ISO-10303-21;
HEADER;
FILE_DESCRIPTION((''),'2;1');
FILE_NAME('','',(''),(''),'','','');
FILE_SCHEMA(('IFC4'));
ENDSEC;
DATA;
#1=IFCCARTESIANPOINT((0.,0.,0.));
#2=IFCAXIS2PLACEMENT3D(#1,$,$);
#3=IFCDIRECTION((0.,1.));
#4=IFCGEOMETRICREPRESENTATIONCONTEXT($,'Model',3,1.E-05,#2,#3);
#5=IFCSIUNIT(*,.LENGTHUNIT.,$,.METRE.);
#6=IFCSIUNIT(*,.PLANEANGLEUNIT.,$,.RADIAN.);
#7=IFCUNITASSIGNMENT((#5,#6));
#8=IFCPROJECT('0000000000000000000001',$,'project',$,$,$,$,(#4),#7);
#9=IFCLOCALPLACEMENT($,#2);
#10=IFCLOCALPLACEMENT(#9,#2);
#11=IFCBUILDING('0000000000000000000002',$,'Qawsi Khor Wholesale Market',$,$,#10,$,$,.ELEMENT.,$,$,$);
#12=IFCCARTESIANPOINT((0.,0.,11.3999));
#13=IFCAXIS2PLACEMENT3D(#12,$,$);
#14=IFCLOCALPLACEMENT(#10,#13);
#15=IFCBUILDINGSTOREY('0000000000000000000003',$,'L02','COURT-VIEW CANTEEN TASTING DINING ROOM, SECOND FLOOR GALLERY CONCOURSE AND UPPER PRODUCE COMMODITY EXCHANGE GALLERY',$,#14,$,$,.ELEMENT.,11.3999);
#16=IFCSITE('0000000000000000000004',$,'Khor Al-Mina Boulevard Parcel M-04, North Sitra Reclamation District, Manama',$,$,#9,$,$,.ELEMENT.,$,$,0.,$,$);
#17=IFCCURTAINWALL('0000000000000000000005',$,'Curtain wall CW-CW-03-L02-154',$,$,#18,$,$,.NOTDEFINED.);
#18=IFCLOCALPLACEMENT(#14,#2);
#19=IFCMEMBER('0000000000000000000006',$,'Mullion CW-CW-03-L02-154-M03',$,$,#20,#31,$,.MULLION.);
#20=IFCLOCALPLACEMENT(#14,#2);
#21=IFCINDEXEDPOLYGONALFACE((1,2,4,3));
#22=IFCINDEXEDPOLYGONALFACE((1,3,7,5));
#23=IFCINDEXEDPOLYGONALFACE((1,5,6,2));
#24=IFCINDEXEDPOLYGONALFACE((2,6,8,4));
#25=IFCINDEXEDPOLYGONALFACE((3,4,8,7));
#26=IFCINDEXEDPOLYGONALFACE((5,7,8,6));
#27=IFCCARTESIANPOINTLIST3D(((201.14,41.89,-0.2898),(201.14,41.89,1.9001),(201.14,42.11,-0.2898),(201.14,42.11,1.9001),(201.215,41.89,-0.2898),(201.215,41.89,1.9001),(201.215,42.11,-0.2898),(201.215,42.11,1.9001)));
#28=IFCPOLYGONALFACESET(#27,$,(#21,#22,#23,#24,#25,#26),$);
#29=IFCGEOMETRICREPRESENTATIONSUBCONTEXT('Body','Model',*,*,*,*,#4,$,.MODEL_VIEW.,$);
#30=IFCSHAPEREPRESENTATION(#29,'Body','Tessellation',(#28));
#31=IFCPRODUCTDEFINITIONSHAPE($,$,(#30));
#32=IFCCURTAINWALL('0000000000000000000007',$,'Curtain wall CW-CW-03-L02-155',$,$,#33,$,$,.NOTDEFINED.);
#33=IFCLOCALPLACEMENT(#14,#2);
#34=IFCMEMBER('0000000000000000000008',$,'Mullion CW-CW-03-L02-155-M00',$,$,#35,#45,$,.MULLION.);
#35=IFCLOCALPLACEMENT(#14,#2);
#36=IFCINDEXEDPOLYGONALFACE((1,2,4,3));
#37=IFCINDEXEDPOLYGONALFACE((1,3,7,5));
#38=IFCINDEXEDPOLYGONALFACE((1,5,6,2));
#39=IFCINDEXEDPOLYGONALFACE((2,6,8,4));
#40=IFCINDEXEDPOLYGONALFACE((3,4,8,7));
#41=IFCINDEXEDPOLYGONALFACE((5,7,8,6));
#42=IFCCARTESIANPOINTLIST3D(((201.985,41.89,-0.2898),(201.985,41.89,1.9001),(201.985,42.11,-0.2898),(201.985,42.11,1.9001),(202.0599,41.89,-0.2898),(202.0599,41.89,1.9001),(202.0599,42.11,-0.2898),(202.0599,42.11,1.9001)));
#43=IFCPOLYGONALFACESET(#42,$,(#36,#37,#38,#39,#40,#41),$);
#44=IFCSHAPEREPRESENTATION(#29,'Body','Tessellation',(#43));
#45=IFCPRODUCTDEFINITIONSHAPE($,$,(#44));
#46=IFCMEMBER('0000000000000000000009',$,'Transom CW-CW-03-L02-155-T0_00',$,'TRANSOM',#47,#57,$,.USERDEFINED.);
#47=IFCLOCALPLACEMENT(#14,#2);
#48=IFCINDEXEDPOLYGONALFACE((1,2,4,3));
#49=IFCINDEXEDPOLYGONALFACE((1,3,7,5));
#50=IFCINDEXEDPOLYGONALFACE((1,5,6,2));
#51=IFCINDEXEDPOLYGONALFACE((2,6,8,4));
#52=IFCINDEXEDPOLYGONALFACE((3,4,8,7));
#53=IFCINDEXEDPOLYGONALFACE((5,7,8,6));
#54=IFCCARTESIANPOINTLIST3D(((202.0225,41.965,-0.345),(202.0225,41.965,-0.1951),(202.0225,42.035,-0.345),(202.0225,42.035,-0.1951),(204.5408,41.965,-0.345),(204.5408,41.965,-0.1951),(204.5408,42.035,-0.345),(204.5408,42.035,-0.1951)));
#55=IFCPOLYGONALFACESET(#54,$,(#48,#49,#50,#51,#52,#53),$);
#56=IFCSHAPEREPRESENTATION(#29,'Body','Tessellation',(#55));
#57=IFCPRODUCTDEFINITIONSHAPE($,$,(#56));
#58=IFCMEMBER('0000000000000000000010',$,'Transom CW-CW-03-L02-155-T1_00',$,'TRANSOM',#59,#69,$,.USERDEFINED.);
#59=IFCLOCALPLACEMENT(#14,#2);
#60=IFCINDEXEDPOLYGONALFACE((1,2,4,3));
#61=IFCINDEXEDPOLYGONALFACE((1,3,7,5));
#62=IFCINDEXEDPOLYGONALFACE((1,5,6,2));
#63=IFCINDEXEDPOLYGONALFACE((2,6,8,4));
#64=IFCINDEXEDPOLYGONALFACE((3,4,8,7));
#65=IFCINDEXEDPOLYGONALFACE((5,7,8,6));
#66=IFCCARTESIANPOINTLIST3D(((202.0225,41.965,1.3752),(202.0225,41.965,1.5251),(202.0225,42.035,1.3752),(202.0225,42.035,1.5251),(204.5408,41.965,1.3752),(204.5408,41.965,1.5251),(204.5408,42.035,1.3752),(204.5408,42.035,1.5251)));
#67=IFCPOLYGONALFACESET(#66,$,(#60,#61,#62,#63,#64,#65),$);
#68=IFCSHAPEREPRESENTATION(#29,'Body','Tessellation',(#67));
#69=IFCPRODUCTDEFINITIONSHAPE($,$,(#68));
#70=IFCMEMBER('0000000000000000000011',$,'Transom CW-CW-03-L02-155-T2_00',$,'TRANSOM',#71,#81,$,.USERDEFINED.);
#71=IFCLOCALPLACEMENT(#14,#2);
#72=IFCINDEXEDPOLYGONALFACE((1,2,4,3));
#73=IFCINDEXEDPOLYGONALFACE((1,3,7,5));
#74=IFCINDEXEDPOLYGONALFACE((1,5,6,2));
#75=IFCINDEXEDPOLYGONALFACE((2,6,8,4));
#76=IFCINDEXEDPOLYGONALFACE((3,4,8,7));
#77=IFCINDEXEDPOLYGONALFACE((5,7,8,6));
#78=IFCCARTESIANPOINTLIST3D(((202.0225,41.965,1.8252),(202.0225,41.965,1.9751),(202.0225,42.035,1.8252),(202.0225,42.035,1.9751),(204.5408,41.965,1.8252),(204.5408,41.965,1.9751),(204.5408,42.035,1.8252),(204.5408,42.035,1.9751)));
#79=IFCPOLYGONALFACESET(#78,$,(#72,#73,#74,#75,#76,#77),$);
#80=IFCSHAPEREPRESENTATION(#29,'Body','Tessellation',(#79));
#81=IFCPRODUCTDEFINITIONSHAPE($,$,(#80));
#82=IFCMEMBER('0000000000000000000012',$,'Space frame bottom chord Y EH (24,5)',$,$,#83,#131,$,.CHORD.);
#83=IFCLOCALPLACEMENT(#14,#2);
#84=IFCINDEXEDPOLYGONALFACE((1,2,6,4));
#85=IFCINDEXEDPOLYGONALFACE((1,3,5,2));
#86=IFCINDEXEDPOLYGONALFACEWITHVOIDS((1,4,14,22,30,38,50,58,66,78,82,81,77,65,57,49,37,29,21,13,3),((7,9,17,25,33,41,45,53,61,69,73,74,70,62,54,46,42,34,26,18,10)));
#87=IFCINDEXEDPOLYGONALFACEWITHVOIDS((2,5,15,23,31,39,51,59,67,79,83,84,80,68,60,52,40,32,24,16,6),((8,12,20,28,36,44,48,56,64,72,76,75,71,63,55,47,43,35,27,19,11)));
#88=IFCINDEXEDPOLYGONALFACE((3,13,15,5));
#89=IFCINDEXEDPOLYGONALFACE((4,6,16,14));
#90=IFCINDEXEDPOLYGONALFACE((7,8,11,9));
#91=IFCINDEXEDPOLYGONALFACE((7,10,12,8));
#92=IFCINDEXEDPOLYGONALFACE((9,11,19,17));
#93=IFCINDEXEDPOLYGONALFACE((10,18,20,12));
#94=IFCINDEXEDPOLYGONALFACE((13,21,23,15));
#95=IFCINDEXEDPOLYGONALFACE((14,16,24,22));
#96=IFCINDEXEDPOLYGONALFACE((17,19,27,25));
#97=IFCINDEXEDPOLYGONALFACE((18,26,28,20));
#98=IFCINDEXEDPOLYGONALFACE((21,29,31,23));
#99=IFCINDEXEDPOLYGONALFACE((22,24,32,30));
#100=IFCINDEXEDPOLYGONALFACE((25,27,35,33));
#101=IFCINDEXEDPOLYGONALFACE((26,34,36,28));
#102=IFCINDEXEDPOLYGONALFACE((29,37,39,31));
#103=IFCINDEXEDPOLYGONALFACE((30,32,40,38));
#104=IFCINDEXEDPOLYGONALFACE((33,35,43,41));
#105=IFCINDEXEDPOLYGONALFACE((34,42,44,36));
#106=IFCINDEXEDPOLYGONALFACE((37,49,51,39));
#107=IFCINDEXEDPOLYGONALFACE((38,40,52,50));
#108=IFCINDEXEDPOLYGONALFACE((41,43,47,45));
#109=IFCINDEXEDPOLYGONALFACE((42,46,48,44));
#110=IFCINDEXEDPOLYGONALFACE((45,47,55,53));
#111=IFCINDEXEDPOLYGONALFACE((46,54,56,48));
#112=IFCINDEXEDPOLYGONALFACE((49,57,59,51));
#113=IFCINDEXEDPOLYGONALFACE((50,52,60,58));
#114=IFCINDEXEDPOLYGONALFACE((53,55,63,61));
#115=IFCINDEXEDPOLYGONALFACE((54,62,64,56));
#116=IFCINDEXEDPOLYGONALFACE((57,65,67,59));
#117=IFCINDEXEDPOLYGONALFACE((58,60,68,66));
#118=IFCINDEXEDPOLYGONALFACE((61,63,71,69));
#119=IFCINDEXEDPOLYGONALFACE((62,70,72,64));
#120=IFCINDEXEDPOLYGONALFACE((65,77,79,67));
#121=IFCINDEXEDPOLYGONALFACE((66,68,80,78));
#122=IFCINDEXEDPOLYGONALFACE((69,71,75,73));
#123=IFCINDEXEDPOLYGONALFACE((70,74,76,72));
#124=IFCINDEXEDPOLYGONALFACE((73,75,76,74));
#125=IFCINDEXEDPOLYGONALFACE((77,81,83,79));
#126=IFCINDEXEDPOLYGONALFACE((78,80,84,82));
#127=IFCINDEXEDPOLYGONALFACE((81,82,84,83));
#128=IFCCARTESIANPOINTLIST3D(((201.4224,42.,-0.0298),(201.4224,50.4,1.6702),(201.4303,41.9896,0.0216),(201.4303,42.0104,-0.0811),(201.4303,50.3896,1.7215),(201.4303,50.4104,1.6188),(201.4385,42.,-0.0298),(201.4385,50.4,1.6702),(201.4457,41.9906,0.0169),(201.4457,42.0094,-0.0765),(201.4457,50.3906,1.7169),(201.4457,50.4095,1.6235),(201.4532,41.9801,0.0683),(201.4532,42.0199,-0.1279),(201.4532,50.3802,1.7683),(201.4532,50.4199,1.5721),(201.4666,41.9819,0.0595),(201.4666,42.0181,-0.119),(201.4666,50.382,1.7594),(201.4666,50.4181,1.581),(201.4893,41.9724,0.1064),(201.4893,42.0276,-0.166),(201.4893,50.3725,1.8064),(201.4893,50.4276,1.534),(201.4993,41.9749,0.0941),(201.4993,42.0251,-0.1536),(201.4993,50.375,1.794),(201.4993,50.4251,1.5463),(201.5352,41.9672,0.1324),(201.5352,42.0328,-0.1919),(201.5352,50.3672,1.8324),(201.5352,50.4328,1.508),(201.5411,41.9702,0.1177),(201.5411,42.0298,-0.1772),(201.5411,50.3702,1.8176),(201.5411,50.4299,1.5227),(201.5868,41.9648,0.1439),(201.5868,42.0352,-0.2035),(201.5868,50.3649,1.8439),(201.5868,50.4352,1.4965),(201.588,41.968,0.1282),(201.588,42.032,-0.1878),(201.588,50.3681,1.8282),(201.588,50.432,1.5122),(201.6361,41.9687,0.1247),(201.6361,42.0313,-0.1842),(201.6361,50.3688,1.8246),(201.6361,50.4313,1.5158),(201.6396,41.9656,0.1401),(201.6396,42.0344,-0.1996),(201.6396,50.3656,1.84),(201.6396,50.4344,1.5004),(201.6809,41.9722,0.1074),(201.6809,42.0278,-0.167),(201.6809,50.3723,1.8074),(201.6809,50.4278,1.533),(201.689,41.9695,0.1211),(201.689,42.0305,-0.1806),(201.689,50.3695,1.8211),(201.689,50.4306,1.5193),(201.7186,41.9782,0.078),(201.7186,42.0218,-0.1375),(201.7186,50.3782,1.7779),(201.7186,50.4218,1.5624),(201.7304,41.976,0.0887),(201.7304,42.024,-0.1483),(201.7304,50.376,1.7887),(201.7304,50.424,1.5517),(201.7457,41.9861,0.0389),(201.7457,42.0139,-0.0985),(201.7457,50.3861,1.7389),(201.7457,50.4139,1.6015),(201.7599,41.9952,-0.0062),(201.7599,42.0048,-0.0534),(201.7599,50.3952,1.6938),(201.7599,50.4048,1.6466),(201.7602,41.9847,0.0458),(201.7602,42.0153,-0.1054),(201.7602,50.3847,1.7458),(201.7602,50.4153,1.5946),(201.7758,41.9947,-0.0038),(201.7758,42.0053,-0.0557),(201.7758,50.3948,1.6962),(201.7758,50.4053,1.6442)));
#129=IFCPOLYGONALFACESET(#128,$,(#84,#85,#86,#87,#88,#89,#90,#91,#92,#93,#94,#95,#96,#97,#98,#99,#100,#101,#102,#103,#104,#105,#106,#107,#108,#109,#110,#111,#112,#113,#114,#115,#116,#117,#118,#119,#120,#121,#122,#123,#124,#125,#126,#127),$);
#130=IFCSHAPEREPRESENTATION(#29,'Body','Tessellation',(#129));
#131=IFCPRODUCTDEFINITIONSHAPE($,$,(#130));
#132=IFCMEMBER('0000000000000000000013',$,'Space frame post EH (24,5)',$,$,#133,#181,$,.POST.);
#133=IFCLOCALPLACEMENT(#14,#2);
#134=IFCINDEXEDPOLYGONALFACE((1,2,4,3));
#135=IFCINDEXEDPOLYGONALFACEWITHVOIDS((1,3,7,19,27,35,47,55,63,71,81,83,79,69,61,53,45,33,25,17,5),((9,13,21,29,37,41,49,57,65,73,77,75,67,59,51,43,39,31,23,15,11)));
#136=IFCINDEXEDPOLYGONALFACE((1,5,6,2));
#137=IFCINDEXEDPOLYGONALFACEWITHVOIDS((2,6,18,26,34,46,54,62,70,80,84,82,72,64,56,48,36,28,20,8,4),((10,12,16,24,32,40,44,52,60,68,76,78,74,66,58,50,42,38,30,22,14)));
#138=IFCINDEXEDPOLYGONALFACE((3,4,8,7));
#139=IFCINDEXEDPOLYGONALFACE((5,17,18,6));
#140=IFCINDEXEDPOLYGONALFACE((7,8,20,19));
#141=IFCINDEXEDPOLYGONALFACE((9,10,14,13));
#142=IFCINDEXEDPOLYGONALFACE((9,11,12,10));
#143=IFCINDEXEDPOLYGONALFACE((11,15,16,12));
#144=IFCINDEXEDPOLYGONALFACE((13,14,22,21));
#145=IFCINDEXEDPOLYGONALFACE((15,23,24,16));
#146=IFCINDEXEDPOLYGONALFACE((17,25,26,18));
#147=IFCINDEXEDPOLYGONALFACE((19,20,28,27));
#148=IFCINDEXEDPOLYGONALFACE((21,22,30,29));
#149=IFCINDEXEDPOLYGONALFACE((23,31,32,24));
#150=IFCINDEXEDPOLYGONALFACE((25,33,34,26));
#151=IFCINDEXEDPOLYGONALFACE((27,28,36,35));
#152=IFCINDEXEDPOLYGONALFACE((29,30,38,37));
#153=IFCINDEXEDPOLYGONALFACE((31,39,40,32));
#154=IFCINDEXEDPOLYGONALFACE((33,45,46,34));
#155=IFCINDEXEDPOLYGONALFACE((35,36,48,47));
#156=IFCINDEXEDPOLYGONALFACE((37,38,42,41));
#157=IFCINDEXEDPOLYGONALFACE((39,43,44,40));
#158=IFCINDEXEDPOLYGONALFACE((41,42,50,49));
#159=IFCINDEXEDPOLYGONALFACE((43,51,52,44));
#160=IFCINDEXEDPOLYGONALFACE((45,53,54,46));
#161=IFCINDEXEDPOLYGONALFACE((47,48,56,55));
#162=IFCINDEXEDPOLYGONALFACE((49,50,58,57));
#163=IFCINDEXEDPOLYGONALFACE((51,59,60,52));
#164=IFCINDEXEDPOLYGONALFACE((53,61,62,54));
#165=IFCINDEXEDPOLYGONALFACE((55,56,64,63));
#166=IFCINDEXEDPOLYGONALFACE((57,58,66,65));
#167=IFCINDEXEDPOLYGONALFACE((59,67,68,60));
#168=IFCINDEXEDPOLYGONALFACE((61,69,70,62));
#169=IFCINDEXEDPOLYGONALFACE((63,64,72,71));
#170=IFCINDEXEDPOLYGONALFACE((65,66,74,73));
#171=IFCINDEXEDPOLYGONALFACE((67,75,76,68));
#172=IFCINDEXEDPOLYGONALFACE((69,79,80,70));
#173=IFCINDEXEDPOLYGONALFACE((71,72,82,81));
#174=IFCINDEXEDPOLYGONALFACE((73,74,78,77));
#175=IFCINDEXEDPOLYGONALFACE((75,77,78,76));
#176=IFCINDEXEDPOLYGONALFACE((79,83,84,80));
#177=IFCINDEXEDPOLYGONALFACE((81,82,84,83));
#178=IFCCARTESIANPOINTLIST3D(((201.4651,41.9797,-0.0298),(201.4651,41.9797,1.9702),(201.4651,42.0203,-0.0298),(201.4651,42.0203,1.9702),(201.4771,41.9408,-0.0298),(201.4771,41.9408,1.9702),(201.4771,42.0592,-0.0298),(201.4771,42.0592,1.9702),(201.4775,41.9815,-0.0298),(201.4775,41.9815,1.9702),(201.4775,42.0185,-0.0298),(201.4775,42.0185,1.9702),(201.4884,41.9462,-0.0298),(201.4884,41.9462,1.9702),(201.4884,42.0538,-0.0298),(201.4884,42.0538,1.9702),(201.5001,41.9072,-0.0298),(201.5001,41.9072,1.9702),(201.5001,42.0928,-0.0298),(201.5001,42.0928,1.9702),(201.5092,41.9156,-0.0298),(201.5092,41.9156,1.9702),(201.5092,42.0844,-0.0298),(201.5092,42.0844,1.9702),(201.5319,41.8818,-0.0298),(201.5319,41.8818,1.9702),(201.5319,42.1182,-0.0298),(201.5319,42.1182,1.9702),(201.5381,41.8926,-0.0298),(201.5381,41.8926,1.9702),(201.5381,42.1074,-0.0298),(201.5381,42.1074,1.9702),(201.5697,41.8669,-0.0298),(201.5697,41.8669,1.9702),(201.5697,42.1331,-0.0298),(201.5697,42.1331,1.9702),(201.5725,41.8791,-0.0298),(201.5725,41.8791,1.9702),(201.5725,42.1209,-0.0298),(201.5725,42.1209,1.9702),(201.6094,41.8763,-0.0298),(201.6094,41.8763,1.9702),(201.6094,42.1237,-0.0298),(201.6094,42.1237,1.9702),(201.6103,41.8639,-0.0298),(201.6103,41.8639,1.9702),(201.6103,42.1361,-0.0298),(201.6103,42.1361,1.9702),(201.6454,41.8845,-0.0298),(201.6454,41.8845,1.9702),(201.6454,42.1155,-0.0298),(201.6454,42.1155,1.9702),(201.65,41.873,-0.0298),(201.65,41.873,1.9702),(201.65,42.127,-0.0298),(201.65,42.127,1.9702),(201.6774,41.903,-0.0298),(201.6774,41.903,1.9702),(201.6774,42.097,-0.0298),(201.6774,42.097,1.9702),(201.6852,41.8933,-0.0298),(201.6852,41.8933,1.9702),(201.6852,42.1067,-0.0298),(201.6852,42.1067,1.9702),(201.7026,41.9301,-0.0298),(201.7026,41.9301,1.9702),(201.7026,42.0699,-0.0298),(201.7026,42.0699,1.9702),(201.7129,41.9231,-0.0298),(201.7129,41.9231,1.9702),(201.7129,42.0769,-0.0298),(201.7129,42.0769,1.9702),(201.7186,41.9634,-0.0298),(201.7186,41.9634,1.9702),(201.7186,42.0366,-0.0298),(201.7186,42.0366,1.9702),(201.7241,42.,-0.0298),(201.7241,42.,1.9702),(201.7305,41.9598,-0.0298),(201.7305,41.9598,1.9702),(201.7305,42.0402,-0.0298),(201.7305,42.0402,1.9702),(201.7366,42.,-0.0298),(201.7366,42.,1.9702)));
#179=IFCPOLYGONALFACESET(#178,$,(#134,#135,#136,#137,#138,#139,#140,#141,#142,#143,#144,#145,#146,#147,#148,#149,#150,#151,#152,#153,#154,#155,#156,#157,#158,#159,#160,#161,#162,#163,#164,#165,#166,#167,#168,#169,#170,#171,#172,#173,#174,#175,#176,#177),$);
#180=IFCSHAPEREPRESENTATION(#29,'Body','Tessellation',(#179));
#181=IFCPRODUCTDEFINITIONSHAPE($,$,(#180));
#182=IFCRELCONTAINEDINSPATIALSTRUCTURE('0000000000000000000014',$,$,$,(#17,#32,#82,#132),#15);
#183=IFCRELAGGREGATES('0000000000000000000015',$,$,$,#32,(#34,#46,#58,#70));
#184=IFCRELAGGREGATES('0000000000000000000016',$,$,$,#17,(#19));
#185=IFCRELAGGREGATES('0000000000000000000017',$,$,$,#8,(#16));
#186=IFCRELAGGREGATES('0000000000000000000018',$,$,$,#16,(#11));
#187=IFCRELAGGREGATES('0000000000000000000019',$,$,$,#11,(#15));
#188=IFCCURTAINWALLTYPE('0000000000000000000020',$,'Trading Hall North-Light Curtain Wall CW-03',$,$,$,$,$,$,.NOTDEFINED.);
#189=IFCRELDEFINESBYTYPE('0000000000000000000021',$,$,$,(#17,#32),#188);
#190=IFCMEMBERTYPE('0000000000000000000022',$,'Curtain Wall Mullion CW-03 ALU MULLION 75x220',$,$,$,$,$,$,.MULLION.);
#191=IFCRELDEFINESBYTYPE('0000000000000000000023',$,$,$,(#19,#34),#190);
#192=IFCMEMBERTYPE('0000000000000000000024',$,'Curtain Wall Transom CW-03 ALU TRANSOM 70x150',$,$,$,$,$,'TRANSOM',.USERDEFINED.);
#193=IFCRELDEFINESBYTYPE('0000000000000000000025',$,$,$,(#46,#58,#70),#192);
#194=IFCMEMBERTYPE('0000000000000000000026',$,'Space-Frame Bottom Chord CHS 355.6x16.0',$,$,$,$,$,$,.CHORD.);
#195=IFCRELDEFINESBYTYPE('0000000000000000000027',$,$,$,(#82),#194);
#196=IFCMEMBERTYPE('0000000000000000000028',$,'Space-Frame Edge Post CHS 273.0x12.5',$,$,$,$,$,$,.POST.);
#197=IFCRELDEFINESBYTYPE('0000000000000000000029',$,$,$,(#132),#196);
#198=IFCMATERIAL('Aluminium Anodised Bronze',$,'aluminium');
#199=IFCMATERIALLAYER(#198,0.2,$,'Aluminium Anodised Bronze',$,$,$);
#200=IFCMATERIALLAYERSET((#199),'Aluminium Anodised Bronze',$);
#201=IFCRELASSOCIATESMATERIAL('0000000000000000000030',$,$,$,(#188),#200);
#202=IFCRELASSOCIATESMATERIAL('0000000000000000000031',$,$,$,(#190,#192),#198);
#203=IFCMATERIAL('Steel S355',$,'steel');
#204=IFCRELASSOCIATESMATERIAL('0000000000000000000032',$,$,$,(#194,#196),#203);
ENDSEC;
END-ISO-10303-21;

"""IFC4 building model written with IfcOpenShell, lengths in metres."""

from ifc_helpers import new_model, si_unit, direction, frame, origin, origin_2d, place, context, subcontext, project, spatial, rectangle, hollow_circle, extrude, material, layer, layer_set, material_profile, profile_set, type_object, element, aggregate, save


model = new_model("IFC4")

# Units and contexts
model_context = context("Model", 3, precision=1e-05, world=origin(), true_north=direction((0.0, 1.0)))
body_context = subcontext(model_context, "Body", "Model", "MODEL_VIEW")
ifc_project = project(units=[si_unit("LENGTHUNIT", "METRE"), si_unit("PLANEANGLEUNIT", "RADIAN")], contexts=[model_context])

# Site, building, storey
site_placement = place(None, origin())
site = spatial("IfcSite", under=ifc_project, at=site_placement, Name="Khor Al-Mina Boulevard Parcel M-04, North Sitra Reclamation District, Manama", CompositionType="ELEMENT", RefElevation=0.0)
building_placement = place(site_placement, origin())
building = spatial("IfcBuilding", under=site, at=building_placement, Name="Qawsi Khor Wholesale Market", CompositionType="ELEMENT")
storey_placement = place(building_placement, frame((0.0, 0.0, 11.3999)))
storey = spatial("IfcBuildingStorey", under=building, at=storey_placement, Name="L02", Description="COURT-VIEW CANTEEN TASTING DINING ROOM, SECOND FLOOR GALLERY CONCOURSE AND UPPER PRODUCE COMMODITY EXCHANGE GALLERY", CompositionType="ELEMENT", Elevation=11.3999)

# Curtain wall, member
ifc_material_1 = material(Name="Aluminium Anodised Bronze", Category="aluminium")
ifc_layer_1 = layer(ifc_material_1, 0.2, Name="Aluminium Anodised Bronze")
ifc_layer_set_1 = layer_set([ifc_layer_1], Name="Aluminium Anodised Bronze")
curtain_wall_type = type_object("IfcCurtainWallType", Name="Trading Hall North-Light Curtain Wall CW-03", PredefinedType="NOTDEFINED", material=ifc_layer_set_1)
curtain_wall_1_placement = place(storey_placement, origin())
curtain_wall_1 = element("IfcCurtainWall", 1, at=curtain_wall_1_placement, inside=storey, type_object=curtain_wall_type, Name="Curtain wall CW-CW-03-L02-154", PredefinedType="NOTDEFINED")
ifc_material_profile_1 = material_profile(ifc_material_1, rectangle(XDim=0.075, YDim=0.22, at=origin_2d()), Name="ALU MULLION 75x220")
ifc_profile_set_1 = profile_set([ifc_material_profile_1], Name="Aluminium Anodised Bronze")
member_type_1 = type_object("IfcMemberType", Name="Curtain Wall Mullion CW-03 ALU MULLION 75x220", PredefinedType="MULLION", material=ifc_profile_set_1)
member_1_placement = place(storey_placement, frame((201.1775, 42.0, -0.2898), z_axis=(0.0, 0.0, 1.0), x_axis=(1.0, 0.0, 0.0)))
member_1 = element("IfcMember", 2, at=member_1_placement, type_object=member_type_1, Name="Mullion CW-CW-03-L02-154-M03", PredefinedType="MULLION", context=body_context, shape_type="SweptSolid", body=[
    extrude(rectangle(XDim=0.075, YDim=0.22, at=origin_2d()), origin(), (0.0, 0.0, 1.0), 2.1899),
])

# Curtain wall, members
curtain_wall_2_placement = place(storey_placement, origin())
curtain_wall_2 = element("IfcCurtainWall", 3, at=curtain_wall_2_placement, inside=storey, type_object=curtain_wall_type, Name="Curtain wall CW-CW-03-L02-155", PredefinedType="NOTDEFINED")
member_2_placement = place(storey_placement, frame((202.0225, 42.0, -0.2898), z_axis=(0.0, 0.0, 1.0), x_axis=(1.0, 0.0, 0.0)))
member_2 = element("IfcMember", 4, at=member_2_placement, type_object=member_type_1, Name="Mullion CW-CW-03-L02-155-M00", PredefinedType="MULLION", context=body_context, shape_type="SweptSolid", body=[
    extrude(rectangle(XDim=0.075, YDim=0.22, at=origin_2d()), origin(), (0.0, 0.0, 1.0), 2.1899),
])
ifc_material_profile_2 = material_profile(ifc_material_1, rectangle(XDim=0.0701, YDim=0.1499, at=origin_2d()), Name="ALU TRANSOM 70x150")
ifc_profile_set_2 = profile_set([ifc_material_profile_2], Name="Aluminium Anodised Bronze")
member_type_2 = type_object("IfcMemberType", Name="Curtain Wall Transom CW-03 ALU TRANSOM 70x150", ElementType="TRANSOM", PredefinedType="USERDEFINED", material=ifc_profile_set_2)
member_3_placement = place(storey_placement, frame((202.0225, 42.0, -0.27), z_axis=(1.0, 0.0, 0.0), x_axis=(0.0, 1.0, 0.0)))
member_3 = element("IfcMember", 5, at=member_3_placement, type_object=member_type_2, Name="Transom CW-CW-03-L02-155-T0_00", ObjectType="TRANSOM", PredefinedType="USERDEFINED", context=body_context, shape_type="SweptSolid", body=[
    extrude(rectangle(XDim=0.0701, YDim=0.1499, at=origin_2d()), origin(), (0.0, 0.0, 1.0), 2.5183),
])
member_4_placement = place(storey_placement, frame((202.0225, 42.0, 1.4502), z_axis=(1.0, 0.0, 0.0), x_axis=(0.0, 1.0, 0.0)))
member_4 = element("IfcMember", 6, at=member_4_placement, type_object=member_type_2, Name="Transom CW-CW-03-L02-155-T1_00", ObjectType="TRANSOM", PredefinedType="USERDEFINED", context=body_context, shape_type="SweptSolid", body=[
    extrude(rectangle(XDim=0.0701, YDim=0.1499, at=origin_2d()), origin(), (0.0, 0.0, 1.0), 2.5183),
])
member_5_placement = place(storey_placement, frame((202.0225, 42.0, 1.9001), z_axis=(1.0, 0.0, 0.0), x_axis=(0.0, 1.0, 0.0)))
member_5 = element("IfcMember", 7, at=member_5_placement, type_object=member_type_2, Name="Transom CW-CW-03-L02-155-T2_00", ObjectType="TRANSOM", PredefinedType="USERDEFINED", context=body_context, shape_type="SweptSolid", body=[
    extrude(rectangle(XDim=0.0701, YDim=0.1499, at=origin_2d()), origin(), (0.0, 0.0, 1.0), 2.5183),
])
aggregate(curtain_wall_2, [member_2, member_3, member_4, member_5])

# Members
ifc_material_2 = material(Name="Steel S355", Category="steel")
ifc_material_profile_3 = material_profile(ifc_material_2, hollow_circle(Radius=0.1777, WallThickness=0.0161, at=origin_2d()), Name="CHS 355.6x16.0")
ifc_profile_set_3 = profile_set([ifc_material_profile_3], Name="Steel S355")
member_type_3 = type_object("IfcMemberType", Name="Space-Frame Bottom Chord CHS 355.6x16.0", PredefinedType="CHORD", material=ifc_profile_set_3)
member_6_placement = place(storey_placement, frame((201.6001, 42.0, -0.0298), z_axis=(0.0, 0.98013, 0.198356), x_axis=(-1.0, 0.0, 0.0)))
element("IfcMember", 8, at=member_6_placement, inside=storey, type_object=member_type_3, Name="Space frame bottom chord Y EH (24,5)", PredefinedType="CHORD", context=body_context, shape_type="SweptSolid", body=[
    extrude(hollow_circle(Radius=0.1777, WallThickness=0.0161, at=origin_2d()), origin(), (0.0, 0.0, 1.0), 8.5703),
])
ifc_material_profile_4 = material_profile(ifc_material_2, hollow_circle(Radius=0.1365, WallThickness=0.0125, at=origin_2d()), Name="CHS 273.0x12.5")
ifc_profile_set_4 = profile_set([ifc_material_profile_4], Name="Steel S355")
member_type_4 = type_object("IfcMemberType", Name="Space-Frame Edge Post CHS 273.0x12.5", PredefinedType="POST", material=ifc_profile_set_4)
member_7_placement = place(storey_placement, frame((201.6001, 42.0, -0.0298), z_axis=(0.0, 0.0, 1.0), x_axis=(1.0, 0.0, 0.0)))
element("IfcMember", 9, at=member_7_placement, inside=storey, type_object=member_type_4, Name="Space frame post EH (24,5)", PredefinedType="POST", context=body_context, shape_type="SweptSolid", body=[
    extrude(hollow_circle(Radius=0.1365, WallThickness=0.0125, at=origin_2d()), origin(), (0.0, 0.0, 1.0), 2.0),
])

aggregate(curtain_wall_1, [member_1])

save(model, "model.ifc")
